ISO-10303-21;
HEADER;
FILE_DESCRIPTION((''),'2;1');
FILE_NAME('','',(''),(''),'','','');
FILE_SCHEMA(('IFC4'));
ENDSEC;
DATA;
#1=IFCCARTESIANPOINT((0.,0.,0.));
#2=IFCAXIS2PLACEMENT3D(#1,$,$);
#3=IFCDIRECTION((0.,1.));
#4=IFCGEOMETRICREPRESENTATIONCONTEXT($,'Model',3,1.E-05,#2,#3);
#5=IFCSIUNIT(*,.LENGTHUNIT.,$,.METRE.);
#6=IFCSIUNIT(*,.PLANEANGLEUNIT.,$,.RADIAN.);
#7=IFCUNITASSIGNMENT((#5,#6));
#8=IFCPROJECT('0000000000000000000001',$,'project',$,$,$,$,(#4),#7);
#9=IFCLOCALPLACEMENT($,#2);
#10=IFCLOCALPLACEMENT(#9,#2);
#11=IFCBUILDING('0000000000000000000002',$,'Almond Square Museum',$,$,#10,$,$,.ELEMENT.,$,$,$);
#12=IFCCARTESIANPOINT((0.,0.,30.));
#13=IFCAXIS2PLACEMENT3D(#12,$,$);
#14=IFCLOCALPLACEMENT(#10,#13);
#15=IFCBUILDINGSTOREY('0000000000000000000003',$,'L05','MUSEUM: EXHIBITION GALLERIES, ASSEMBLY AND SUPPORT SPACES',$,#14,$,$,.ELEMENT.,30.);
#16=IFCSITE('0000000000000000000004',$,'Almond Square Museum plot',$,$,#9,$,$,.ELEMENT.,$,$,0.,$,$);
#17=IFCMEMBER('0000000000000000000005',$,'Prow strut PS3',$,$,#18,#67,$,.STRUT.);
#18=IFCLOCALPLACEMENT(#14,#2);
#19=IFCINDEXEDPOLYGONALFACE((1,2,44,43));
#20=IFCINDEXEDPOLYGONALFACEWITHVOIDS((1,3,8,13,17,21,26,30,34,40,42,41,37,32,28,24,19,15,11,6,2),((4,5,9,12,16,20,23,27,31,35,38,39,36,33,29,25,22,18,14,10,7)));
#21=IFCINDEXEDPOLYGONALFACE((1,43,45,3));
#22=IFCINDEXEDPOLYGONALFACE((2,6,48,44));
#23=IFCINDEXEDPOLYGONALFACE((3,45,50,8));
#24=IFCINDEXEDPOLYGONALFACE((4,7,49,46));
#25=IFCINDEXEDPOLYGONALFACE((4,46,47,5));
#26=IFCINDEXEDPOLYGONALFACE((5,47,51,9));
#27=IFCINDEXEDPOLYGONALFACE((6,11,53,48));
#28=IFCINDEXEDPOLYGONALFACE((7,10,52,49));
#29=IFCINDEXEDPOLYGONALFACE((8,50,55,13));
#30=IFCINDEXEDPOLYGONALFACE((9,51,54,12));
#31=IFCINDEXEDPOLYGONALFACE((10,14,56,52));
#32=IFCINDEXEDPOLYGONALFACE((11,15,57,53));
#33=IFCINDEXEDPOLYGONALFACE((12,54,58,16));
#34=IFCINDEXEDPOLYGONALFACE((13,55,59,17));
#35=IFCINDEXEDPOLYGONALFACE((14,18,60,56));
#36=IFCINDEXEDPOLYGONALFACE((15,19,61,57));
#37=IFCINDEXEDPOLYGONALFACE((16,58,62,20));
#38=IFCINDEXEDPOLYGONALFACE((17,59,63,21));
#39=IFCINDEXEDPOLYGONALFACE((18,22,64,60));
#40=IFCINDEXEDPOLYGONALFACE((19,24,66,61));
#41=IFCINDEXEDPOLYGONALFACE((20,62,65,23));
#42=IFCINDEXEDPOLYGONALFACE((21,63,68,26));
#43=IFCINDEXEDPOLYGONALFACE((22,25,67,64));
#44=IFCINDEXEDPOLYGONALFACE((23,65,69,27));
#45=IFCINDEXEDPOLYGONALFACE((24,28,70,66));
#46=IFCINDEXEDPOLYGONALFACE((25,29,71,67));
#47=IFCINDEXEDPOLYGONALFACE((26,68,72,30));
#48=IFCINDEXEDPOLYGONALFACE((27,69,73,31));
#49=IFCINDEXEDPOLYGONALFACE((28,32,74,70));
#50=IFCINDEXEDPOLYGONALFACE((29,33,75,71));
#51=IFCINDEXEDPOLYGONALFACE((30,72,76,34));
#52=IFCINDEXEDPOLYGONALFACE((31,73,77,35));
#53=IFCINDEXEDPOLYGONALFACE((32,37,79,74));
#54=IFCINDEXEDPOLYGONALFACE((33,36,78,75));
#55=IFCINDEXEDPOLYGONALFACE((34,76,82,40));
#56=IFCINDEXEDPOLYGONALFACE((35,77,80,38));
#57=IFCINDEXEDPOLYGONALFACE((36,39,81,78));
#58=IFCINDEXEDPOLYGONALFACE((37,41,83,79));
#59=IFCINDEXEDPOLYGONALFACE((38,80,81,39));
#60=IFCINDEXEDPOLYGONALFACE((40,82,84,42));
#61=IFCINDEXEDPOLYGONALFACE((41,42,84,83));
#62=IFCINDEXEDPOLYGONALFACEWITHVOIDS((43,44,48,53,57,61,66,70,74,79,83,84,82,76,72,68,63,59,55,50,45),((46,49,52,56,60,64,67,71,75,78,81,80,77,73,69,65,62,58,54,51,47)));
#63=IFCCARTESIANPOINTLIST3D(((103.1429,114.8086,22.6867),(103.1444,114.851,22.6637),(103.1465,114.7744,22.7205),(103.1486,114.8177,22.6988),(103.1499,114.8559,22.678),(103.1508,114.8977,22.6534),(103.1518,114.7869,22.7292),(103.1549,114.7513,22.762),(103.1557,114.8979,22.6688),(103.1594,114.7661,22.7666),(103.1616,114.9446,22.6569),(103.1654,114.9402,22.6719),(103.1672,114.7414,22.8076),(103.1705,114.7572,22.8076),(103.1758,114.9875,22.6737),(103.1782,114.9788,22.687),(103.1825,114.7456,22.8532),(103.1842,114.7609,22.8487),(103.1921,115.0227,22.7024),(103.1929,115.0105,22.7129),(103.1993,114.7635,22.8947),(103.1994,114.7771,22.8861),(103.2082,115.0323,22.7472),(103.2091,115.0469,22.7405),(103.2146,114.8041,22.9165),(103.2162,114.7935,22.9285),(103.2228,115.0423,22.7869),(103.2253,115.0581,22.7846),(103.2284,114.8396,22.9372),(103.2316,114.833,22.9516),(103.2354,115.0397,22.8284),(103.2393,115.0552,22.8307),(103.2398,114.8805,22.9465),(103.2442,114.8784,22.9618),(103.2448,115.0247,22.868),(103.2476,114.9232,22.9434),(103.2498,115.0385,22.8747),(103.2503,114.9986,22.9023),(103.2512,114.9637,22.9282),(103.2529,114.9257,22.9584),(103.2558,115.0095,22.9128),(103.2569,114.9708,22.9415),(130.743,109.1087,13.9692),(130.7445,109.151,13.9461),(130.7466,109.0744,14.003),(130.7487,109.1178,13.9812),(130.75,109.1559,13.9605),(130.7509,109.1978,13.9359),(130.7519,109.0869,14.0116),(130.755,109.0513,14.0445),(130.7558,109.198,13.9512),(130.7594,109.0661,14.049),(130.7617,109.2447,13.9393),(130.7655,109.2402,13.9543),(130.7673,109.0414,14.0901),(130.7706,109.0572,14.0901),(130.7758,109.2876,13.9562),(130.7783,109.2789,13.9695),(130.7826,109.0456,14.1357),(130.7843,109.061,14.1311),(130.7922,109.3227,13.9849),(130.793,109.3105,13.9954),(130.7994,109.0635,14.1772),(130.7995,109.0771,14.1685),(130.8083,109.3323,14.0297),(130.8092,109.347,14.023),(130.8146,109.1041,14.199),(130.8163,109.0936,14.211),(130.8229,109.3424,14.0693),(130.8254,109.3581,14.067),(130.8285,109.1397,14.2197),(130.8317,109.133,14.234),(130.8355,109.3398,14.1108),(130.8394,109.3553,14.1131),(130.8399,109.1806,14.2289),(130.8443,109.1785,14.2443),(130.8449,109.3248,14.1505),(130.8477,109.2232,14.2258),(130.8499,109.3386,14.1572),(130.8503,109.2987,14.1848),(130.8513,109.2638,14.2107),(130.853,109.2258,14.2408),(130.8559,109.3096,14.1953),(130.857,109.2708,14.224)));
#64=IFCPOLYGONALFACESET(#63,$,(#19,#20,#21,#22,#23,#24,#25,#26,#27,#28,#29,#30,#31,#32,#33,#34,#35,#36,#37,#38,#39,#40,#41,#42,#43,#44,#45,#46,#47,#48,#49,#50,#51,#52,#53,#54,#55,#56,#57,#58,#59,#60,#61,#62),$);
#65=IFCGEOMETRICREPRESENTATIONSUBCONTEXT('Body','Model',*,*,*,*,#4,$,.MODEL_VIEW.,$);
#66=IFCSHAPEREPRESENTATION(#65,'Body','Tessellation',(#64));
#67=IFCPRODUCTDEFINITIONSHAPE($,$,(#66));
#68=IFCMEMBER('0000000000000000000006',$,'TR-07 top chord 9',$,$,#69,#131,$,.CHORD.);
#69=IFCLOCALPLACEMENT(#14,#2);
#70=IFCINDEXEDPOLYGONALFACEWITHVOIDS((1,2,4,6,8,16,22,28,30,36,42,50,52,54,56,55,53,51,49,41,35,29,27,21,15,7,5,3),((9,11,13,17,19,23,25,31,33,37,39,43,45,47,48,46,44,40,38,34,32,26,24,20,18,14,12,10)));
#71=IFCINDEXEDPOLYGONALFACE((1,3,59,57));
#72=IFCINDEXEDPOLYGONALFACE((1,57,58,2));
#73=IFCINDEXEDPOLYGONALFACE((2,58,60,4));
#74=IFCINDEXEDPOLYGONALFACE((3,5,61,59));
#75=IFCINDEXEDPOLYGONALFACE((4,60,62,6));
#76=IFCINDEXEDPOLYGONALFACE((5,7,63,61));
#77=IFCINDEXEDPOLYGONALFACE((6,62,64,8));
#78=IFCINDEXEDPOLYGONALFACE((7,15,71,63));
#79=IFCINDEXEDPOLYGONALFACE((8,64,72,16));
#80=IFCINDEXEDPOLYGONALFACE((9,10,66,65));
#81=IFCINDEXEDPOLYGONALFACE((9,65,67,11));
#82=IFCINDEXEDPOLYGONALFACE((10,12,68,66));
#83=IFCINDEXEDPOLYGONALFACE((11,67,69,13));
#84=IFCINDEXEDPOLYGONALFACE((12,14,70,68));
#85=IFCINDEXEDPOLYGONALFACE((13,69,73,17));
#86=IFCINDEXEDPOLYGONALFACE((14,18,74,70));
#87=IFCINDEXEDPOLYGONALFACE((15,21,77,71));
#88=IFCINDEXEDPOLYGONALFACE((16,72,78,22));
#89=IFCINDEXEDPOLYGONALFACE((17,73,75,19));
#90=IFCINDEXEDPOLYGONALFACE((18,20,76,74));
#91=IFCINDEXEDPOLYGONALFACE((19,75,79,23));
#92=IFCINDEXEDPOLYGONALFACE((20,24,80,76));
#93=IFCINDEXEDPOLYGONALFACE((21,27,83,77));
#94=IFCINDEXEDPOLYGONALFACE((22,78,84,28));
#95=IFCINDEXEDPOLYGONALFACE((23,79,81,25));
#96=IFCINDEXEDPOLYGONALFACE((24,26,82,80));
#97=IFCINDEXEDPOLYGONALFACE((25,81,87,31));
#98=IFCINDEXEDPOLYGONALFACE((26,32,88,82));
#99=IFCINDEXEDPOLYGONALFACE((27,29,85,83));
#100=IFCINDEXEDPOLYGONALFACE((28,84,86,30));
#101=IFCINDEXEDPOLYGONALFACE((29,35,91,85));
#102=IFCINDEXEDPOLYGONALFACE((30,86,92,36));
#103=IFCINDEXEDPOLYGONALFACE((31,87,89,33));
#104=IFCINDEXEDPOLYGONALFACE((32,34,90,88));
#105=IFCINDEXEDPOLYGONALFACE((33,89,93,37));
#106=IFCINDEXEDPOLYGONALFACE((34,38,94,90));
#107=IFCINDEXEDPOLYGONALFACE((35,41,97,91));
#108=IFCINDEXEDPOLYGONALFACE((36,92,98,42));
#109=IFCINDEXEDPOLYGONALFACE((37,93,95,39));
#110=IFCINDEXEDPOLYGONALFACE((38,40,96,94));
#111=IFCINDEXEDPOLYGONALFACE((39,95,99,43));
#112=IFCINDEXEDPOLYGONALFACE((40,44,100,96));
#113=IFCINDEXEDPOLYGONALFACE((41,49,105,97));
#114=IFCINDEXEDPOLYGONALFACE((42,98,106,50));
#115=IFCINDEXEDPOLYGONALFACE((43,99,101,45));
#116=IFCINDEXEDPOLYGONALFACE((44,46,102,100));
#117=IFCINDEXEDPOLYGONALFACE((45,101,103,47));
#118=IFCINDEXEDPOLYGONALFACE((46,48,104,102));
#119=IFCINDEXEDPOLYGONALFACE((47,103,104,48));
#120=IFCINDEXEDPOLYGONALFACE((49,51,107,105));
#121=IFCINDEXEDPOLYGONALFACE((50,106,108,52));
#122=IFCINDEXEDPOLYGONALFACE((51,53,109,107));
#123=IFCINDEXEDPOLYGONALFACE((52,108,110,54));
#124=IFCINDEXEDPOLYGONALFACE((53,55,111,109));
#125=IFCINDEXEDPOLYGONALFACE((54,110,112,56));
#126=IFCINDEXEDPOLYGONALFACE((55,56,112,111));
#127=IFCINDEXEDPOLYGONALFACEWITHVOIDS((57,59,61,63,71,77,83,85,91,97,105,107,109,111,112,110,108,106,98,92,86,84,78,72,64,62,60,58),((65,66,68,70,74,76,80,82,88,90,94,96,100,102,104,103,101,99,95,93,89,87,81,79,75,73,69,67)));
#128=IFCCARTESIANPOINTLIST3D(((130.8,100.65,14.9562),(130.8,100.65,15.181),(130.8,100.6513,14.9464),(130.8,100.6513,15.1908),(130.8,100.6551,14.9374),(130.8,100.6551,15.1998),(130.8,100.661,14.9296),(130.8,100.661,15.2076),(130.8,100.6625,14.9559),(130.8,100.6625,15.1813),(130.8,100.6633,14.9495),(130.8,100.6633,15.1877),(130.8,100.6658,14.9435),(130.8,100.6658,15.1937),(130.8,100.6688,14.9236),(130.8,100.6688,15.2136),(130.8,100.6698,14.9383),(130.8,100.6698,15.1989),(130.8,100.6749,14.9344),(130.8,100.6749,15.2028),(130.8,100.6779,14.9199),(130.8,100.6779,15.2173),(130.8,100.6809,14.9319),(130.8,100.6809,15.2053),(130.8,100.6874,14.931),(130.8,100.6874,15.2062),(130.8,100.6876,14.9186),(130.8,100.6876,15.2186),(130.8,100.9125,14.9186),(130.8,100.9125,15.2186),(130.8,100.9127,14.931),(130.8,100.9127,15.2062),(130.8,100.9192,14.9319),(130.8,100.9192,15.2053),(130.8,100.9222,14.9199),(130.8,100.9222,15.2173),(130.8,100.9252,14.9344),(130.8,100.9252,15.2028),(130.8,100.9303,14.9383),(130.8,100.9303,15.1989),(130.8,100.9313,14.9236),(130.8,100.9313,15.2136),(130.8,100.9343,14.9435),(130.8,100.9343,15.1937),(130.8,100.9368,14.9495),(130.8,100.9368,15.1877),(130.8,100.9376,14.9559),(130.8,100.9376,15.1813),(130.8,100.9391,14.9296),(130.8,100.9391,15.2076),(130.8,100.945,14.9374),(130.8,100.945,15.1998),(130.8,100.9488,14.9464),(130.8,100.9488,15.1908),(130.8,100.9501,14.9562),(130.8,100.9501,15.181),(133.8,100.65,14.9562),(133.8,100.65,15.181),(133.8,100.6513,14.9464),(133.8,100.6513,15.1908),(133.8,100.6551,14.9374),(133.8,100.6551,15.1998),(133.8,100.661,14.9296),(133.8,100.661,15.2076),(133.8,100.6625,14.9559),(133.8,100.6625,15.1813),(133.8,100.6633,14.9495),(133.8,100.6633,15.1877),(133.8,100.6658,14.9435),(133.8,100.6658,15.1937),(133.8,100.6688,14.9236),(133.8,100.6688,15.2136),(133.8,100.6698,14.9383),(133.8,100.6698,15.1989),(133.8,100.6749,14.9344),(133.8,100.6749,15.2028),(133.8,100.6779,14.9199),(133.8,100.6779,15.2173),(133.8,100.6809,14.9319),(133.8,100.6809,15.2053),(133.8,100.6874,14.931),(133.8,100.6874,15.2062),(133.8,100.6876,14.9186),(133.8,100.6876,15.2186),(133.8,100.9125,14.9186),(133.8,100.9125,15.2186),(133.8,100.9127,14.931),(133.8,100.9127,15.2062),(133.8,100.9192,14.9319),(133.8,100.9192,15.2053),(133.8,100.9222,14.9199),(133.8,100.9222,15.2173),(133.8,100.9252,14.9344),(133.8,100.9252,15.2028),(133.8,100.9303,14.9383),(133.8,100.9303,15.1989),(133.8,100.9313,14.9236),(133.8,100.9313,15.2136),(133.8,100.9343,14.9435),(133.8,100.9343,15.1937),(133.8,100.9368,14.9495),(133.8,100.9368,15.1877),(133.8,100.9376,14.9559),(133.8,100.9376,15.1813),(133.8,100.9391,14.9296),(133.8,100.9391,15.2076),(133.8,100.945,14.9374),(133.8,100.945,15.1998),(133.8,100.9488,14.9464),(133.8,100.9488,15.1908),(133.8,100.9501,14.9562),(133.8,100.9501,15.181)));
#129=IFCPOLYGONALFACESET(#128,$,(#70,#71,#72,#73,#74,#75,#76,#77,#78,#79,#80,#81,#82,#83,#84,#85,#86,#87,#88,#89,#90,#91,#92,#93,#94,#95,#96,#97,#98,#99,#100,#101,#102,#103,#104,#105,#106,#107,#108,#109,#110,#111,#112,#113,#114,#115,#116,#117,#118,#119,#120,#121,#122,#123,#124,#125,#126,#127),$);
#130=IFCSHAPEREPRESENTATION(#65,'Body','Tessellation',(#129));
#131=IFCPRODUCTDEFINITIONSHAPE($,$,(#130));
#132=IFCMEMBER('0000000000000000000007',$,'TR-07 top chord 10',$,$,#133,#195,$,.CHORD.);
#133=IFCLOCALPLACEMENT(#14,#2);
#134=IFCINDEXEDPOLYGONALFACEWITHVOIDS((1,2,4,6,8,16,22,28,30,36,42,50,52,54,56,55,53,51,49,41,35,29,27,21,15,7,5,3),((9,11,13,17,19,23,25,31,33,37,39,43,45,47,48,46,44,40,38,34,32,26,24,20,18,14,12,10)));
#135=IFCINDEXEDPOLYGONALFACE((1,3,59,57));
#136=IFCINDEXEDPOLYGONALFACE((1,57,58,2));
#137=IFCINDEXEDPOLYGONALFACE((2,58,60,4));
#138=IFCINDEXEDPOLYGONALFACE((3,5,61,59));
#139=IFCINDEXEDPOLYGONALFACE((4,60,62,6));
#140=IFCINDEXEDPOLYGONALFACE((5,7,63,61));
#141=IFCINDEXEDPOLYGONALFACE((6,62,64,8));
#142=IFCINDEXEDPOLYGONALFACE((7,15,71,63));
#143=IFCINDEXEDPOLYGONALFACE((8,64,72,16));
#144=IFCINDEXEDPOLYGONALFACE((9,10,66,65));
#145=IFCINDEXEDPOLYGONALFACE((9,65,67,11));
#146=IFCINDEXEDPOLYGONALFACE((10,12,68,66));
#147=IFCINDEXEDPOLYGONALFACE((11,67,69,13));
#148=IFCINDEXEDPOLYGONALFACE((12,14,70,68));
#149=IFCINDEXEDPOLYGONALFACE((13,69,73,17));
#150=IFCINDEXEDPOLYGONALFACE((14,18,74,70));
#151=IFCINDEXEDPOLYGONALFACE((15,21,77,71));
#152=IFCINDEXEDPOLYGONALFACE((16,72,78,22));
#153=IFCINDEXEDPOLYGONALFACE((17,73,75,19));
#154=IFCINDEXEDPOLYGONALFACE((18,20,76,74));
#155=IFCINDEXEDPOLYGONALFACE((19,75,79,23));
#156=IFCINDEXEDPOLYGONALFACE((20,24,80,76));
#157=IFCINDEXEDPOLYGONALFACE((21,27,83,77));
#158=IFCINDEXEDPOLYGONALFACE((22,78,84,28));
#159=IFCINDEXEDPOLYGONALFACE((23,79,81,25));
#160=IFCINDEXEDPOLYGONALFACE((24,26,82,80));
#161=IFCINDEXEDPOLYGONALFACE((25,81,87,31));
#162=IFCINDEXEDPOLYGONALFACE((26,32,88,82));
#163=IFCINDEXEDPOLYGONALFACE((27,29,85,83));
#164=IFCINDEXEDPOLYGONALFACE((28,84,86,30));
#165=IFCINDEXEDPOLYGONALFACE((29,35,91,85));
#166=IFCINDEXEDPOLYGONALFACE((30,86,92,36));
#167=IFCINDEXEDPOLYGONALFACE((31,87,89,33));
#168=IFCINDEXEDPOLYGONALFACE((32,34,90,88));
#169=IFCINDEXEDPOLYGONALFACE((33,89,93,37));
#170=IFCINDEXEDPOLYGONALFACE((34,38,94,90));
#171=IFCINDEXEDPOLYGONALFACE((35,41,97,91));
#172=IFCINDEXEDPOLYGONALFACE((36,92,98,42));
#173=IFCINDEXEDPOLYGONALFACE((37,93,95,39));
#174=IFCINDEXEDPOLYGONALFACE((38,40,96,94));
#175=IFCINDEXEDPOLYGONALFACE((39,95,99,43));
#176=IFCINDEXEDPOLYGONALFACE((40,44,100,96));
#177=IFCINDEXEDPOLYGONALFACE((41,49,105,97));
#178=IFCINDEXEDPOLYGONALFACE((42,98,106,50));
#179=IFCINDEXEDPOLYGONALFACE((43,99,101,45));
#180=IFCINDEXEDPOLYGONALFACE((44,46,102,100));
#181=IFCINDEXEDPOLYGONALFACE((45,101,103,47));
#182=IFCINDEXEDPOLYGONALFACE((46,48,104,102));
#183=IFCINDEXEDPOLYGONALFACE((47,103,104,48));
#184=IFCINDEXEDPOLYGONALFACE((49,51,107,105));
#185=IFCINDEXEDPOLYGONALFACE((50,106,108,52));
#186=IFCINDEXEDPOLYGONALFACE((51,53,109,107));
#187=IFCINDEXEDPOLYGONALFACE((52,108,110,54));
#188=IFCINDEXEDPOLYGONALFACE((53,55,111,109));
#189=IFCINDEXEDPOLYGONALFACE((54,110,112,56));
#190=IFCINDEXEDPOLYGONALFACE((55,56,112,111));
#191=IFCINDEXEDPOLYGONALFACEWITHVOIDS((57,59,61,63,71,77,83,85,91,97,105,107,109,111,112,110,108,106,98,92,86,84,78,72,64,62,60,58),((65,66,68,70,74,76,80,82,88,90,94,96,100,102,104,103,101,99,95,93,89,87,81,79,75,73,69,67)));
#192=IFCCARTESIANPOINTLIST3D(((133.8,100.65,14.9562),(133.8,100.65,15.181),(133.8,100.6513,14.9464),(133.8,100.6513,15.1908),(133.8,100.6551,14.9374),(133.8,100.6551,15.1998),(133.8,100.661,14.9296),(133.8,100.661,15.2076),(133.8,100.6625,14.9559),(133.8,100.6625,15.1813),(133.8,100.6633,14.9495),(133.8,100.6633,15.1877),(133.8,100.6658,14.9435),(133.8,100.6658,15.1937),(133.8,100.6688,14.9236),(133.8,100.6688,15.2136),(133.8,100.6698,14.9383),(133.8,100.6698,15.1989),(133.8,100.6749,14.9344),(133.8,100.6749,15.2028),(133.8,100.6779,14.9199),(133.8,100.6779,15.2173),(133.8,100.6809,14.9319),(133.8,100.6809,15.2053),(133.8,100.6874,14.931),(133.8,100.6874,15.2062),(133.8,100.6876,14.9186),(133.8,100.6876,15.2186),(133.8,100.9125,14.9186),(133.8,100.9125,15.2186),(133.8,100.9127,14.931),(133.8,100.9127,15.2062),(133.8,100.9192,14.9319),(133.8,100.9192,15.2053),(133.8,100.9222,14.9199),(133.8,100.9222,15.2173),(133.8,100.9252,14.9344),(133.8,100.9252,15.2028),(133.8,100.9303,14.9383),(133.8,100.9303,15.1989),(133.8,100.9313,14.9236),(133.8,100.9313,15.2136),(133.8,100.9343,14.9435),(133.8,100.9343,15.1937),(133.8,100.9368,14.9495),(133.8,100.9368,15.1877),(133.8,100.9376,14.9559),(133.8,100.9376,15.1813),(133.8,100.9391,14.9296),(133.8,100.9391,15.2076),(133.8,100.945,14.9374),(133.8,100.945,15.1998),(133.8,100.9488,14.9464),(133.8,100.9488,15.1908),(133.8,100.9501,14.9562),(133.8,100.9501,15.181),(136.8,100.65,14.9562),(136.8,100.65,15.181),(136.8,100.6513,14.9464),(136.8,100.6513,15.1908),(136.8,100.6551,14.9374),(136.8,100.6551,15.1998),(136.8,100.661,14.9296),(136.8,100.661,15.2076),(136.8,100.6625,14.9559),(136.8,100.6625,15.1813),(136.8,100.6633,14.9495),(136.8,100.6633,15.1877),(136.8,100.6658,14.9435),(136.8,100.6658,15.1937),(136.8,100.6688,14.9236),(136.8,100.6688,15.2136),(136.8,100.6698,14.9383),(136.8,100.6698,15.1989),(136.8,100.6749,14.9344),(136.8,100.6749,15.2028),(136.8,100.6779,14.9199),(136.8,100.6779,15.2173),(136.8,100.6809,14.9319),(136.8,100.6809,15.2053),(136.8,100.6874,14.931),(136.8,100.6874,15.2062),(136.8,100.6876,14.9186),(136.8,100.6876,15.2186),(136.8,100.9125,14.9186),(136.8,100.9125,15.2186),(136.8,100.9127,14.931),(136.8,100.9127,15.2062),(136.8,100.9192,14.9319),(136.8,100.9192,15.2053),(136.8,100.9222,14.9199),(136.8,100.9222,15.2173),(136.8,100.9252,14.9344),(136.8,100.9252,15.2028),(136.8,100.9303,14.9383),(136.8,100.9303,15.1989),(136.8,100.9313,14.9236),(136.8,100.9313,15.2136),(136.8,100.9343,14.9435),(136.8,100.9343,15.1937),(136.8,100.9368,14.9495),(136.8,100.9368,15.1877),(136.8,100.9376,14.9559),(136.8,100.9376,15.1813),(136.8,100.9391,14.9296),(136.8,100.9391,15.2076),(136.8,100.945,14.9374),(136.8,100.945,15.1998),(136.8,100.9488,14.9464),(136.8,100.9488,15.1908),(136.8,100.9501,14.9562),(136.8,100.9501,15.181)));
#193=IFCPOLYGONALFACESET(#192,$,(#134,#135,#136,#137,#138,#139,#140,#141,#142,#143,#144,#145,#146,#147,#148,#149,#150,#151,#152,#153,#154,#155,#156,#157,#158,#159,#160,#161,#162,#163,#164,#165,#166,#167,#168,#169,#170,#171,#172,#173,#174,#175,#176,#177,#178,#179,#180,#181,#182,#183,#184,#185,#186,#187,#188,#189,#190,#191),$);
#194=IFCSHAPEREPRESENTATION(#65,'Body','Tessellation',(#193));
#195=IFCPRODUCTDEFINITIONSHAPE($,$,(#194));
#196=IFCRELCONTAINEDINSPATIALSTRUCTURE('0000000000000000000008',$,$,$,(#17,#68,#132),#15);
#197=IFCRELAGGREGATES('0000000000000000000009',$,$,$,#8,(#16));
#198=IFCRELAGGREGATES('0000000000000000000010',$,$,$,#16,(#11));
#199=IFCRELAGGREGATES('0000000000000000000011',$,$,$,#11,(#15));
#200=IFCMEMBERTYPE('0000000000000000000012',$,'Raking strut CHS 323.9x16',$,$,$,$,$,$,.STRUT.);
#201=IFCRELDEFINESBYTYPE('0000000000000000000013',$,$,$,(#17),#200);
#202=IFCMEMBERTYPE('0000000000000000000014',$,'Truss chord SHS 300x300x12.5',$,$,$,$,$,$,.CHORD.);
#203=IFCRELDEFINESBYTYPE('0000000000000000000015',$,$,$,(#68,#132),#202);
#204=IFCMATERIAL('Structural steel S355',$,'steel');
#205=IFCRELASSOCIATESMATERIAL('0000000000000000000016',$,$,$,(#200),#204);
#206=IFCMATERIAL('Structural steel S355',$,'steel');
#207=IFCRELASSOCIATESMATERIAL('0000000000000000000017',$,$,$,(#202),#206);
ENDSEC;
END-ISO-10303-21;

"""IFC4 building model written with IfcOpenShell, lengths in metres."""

from ifc_helpers import new_model, si_unit, direction, frame, origin, origin_2d, place, context, subcontext, project, spatial, hollow_rectangle, hollow_circle, extrude, material, material_profile, profile_set, type_object, element, save


model = new_model("IFC4")

# Units and contexts
model_context = context("Model", 3, precision=1e-05, world=origin(), true_north=direction((0.0, 1.0)))
body_context = subcontext(model_context, "Body", "Model", "MODEL_VIEW")
ifc_project = project(units=[si_unit("LENGTHUNIT", "METRE"), si_unit("PLANEANGLEUNIT", "RADIAN")], contexts=[model_context])

# Site, building, storey
site_placement = place(None, origin())
site = spatial("IfcSite", under=ifc_project, at=site_placement, Name="Almond Square Museum plot", CompositionType="ELEMENT", RefElevation=0.0)
building_placement = place(site_placement, origin())
building = spatial("IfcBuilding", under=site, at=building_placement, Name="Almond Square Museum", CompositionType="ELEMENT")
storey_placement = place(building_placement, frame((0.0, 0.0, 30.0)))
storey = spatial("IfcBuildingStorey", under=building, at=storey_placement, Name="L05", Description="MUSEUM: EXHIBITION GALLERIES, ASSEMBLY AND SUPPORT SPACES", CompositionType="ELEMENT", Elevation=30.0)

# Members
ifc_material_1 = material(Name="Structural steel S355", Category="steel")
ifc_material_profile_1 = material_profile(ifc_material_1, hollow_circle(Radius=0.1619, WallThickness=0.0161, at=origin_2d()))
ifc_profile_set_1 = profile_set([ifc_material_profile_1], Name="Structural steel S355")
member_type_1 = type_object("IfcMemberType", Name="Raking strut CHS 323.9x16", PredefinedType="STRUT", material=ifc_profile_set_1)
member_1_placement = place(storey_placement, frame((130.8, 109.2, 14.0901), z_axis=(-0.935596, 0.193219, 0.295509), x_axis=(-0.202251, -0.979334, 0.0)))
element("IfcMember", 1, at=member_1_placement, inside=storey, type_object=member_type_1, Name="Prow strut PS3", PredefinedType="STRUT", context=body_context, shape_type="SweptSolid", body=[
    extrude(hollow_circle(Radius=0.1619, WallThickness=0.0161, at=origin_2d()), origin(), (0.0, 0.0, 1.0), 29.5),
])
ifc_material_2 = material(Name="Structural steel S355", Category="steel")
ifc_material_profile_2 = material_profile(ifc_material_2, hollow_rectangle(XDim=0.3, YDim=0.3, WallThickness=0.0125, InnerFilletRadius=0.0249, OuterFilletRadius=0.0376, at=origin_2d()))
ifc_profile_set_2 = profile_set([ifc_material_profile_2], Name="Structural steel S355")
member_type_2 = type_object("IfcMemberType", Name="Truss chord SHS 300x300x12.5", PredefinedType="CHORD", material=ifc_profile_set_2)
for number, where, z_axis, x_axis, name in (
    (2, (130.8, 100.8, 15.0686), (1.0, 0.0, 0.0), (0.0, 1.0, 0.0), "TR-07 top chord 9"),
    (3, (133.8, 100.8, 15.0686), (1.0, 0.0, 0.0), (0.0, 1.0, 0.0), "TR-07 top chord 10"),
):
    element("IfcMember", number, at=place(storey_placement, frame(where, z_axis=z_axis, x_axis=x_axis)), inside=storey, type_object=member_type_2, Name=name, PredefinedType="CHORD", context=body_context, shape_type="SweptSolid", body=[
        extrude(hollow_rectangle(XDim=0.3, YDim=0.3, WallThickness=0.0125, InnerFilletRadius=0.0249, OuterFilletRadius=0.0376, at=origin_2d()), origin(), (0.0, 0.0, 1.0), 3.0),
    ])

save(model, "model.ifc")
